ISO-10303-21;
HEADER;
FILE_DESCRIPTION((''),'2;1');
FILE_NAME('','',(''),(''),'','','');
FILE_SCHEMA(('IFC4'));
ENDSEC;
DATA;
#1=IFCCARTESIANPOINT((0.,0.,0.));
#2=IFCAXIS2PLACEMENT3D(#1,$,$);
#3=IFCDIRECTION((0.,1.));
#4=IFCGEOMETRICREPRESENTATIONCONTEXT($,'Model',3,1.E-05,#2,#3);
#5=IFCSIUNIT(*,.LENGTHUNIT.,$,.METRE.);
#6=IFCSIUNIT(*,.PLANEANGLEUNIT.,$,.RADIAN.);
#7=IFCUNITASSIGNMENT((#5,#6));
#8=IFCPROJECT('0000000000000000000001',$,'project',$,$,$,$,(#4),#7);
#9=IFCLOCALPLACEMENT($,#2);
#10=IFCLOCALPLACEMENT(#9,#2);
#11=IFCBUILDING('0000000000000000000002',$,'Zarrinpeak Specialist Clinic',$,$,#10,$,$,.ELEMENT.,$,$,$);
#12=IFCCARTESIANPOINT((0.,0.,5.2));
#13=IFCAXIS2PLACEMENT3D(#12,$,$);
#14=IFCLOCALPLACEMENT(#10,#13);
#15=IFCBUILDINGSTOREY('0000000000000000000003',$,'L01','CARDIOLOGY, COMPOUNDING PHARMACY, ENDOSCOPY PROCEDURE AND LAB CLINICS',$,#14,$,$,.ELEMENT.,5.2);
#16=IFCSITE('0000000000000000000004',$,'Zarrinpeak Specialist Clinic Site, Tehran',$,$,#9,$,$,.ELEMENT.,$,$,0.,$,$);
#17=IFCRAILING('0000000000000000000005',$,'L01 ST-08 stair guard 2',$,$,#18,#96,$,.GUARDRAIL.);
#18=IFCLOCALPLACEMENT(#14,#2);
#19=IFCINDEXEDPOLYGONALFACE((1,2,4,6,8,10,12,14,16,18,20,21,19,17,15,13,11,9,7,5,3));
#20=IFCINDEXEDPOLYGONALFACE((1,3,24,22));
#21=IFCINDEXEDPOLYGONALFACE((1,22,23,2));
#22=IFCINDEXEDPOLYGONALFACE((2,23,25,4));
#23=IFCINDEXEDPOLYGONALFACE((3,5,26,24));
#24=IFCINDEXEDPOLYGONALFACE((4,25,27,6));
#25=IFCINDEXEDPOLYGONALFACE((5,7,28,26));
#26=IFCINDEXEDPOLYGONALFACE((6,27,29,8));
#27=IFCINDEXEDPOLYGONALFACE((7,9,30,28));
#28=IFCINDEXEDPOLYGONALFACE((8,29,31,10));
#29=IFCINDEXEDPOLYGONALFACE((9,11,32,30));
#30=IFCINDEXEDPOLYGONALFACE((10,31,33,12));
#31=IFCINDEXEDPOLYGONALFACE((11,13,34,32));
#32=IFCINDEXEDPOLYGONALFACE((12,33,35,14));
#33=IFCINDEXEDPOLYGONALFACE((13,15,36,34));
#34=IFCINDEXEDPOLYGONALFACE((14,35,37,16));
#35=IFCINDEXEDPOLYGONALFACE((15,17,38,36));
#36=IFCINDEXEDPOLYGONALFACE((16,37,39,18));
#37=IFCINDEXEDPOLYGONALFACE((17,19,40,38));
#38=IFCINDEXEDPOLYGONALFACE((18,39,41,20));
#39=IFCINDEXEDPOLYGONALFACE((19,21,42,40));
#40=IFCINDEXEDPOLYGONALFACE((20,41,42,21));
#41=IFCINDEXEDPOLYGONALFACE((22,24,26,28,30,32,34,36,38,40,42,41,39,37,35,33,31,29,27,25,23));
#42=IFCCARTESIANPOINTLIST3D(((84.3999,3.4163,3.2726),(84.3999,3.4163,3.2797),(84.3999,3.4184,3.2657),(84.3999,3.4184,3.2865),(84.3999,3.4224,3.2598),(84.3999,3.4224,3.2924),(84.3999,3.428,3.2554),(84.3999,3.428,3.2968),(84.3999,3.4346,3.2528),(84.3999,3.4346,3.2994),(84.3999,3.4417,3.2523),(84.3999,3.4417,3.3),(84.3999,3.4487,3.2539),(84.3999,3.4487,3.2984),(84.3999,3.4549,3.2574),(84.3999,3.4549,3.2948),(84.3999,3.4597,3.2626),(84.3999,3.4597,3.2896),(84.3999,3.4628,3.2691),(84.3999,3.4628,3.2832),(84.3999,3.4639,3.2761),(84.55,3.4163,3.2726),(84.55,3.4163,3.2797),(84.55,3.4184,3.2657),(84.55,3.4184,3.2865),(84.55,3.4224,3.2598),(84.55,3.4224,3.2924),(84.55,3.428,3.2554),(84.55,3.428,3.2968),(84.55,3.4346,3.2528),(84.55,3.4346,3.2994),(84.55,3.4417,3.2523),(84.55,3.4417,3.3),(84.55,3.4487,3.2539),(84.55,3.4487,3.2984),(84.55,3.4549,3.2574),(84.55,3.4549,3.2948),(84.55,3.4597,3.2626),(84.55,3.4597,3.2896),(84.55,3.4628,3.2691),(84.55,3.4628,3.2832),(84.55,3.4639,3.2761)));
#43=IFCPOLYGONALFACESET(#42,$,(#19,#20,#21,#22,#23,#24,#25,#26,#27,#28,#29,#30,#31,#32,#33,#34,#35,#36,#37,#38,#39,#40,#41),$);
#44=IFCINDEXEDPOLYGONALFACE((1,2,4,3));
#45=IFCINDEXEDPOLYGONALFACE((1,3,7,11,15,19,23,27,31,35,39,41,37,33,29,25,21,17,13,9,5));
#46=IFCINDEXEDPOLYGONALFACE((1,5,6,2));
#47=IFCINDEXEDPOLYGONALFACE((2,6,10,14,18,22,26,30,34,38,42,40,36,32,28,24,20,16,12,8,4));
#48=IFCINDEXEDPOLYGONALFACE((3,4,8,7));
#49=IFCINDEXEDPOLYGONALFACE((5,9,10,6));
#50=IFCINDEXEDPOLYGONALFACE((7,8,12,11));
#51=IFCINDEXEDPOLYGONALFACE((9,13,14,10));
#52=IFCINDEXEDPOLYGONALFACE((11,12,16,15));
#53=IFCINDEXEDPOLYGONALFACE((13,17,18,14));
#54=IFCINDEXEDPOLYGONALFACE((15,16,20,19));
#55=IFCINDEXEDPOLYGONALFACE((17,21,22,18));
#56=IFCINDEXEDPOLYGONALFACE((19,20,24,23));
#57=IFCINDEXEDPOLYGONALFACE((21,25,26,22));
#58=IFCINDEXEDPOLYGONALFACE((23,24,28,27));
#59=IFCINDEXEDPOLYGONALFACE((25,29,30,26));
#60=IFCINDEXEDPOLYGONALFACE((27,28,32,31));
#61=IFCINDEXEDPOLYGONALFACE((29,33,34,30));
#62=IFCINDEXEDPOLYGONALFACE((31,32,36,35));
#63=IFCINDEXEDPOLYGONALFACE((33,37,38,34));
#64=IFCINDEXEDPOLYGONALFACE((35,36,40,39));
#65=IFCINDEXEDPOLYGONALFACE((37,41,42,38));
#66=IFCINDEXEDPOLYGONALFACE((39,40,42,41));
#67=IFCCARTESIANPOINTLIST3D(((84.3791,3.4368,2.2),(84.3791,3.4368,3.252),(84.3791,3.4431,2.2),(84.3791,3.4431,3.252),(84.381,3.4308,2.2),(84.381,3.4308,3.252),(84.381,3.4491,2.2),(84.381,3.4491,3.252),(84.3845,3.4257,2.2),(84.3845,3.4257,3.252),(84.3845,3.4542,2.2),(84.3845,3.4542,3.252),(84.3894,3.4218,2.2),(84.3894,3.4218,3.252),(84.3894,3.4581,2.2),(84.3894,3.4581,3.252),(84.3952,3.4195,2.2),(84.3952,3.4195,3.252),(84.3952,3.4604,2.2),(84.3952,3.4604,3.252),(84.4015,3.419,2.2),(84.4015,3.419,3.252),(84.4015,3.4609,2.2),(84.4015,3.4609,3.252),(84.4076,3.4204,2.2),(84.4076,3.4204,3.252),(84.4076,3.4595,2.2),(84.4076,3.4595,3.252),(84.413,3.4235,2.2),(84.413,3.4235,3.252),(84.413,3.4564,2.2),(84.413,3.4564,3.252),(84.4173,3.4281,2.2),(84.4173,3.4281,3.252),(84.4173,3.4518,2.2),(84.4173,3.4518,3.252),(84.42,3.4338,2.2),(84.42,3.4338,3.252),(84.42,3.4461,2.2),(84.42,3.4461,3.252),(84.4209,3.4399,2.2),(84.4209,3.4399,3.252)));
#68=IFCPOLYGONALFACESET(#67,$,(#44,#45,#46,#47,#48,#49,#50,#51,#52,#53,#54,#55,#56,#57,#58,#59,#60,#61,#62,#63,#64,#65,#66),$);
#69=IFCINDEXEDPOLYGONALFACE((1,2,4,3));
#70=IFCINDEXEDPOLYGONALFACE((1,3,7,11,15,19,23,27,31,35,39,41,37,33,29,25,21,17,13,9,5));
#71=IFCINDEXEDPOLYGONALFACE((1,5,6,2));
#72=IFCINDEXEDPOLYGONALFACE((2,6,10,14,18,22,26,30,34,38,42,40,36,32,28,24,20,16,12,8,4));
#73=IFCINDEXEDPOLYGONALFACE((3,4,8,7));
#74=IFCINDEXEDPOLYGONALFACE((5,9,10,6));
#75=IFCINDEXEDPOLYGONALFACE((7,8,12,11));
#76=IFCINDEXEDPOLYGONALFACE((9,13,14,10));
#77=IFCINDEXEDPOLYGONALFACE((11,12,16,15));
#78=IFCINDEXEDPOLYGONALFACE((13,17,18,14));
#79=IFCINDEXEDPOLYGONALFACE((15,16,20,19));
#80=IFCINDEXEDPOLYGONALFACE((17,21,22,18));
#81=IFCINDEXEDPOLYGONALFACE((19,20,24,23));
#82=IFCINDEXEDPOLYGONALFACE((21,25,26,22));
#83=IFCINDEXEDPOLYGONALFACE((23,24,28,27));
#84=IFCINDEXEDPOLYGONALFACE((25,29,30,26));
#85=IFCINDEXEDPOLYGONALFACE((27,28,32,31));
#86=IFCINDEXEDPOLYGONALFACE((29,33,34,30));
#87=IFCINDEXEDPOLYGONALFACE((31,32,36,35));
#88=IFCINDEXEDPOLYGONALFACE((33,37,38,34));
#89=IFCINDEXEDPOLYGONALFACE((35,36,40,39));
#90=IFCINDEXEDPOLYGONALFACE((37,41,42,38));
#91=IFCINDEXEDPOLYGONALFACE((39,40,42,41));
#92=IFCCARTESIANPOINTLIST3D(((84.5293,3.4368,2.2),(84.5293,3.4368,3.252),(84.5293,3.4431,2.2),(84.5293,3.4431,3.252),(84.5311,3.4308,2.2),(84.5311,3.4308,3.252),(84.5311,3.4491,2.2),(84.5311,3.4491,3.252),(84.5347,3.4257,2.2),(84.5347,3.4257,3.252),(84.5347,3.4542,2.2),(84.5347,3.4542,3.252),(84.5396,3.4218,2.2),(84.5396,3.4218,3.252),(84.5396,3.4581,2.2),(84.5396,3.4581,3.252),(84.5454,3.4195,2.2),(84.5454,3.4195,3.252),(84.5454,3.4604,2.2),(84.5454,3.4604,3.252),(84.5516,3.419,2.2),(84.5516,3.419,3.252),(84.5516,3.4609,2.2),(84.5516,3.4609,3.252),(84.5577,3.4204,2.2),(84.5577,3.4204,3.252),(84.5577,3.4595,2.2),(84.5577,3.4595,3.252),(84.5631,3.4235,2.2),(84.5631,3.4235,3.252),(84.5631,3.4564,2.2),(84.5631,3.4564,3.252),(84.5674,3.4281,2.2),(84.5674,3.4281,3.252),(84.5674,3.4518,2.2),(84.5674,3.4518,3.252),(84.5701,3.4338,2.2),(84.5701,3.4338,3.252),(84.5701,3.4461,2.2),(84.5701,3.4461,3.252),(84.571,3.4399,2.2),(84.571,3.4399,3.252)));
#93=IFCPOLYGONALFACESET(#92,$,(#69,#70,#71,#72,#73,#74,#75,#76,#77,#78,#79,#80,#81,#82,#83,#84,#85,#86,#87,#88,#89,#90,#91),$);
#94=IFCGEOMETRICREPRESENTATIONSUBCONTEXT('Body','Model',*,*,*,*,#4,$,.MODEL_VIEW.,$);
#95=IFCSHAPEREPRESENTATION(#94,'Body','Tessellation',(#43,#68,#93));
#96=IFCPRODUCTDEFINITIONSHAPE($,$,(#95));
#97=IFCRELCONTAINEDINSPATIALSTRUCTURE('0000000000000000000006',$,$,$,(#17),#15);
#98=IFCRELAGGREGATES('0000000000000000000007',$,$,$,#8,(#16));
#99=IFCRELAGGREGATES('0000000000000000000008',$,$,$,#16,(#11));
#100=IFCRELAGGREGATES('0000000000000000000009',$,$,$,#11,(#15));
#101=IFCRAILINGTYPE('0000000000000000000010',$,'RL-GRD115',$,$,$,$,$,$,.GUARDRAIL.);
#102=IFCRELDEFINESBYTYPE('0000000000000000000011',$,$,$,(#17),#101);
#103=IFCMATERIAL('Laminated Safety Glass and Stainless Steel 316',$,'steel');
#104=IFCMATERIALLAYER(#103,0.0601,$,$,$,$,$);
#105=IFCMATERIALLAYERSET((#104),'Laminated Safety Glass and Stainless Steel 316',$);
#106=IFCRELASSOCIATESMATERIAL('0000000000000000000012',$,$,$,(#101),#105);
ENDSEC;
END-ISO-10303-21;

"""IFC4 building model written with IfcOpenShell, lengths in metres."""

from ifc_helpers import new_model, si_unit, direction, frame, origin, origin_2d, place, context, subcontext, project, spatial, circle, extrude, material, layer, layer_set, type_object, element, save


model = new_model("IFC4")

# Units and contexts
model_context = context("Model", 3, precision=1e-05, world=origin(), true_north=direction((0.0, 1.0)))
body_context = subcontext(model_context, "Body", "Model", "MODEL_VIEW")
ifc_project = project(units=[si_unit("LENGTHUNIT", "METRE"), si_unit("PLANEANGLEUNIT", "RADIAN")], contexts=[model_context])

# Site, building, storey
site_placement = place(None, origin())
site = spatial("IfcSite", under=ifc_project, at=site_placement, Name="Zarrinpeak Specialist Clinic Site, Tehran", CompositionType="ELEMENT", RefElevation=0.0)
building_placement = place(site_placement, origin())
building = spatial("IfcBuilding", under=site, at=building_placement, Name="Zarrinpeak Specialist Clinic", CompositionType="ELEMENT")
storey_placement = place(building_placement, frame((0.0, 0.0, 5.2)))
storey = spatial("IfcBuildingStorey", under=building, at=storey_placement, Name="L01", Description="CARDIOLOGY, COMPOUNDING PHARMACY, ENDOSCOPY PROCEDURE AND LAB CLINICS", CompositionType="ELEMENT", Elevation=5.2)

# Railing
ifc_material_1 = material(Name="Laminated Safety Glass and Stainless Steel 316", Category="steel")
ifc_layer_1 = layer(ifc_material_1, 0.0601)
ifc_layer_set_1 = layer_set([ifc_layer_1], Name="Laminated Safety Glass and Stainless Steel 316")
railing_type_1 = type_object("IfcRailingType", Name="RL-GRD115", PredefinedType="GUARDRAIL", material=ifc_layer_set_1)
railing_1_placement = place(storey_placement, frame((84.3999, 3.4399, 2.2)))
element("IfcRailing", 1, at=railing_1_placement, inside=storey, type_object=railing_type_1, Name="L01 ST-08 stair guard 2", PredefinedType="GUARDRAIL", context=body_context, shape_type="SweptSolid", body=[
    extrude(circle(Radius=0.0239, at=origin_2d()), frame((0.0, 0.0, 1.0762), z_axis=(1.0, 0.0, 0.0), x_axis=(0.0, 1.0, 0.0)), (0.0, 0.0, 1.0), 0.1501),
    extrude(circle(Radius=0.021, at=origin_2d()), origin(), (0.0, 0.0, 1.0), 1.052),
    extrude(circle(Radius=0.021, at=origin_2d()), frame((0.1501, 0.0, 0.0)), (0.0, 0.0, 1.0), 1.052),
])

save(model, "model.ifc")
